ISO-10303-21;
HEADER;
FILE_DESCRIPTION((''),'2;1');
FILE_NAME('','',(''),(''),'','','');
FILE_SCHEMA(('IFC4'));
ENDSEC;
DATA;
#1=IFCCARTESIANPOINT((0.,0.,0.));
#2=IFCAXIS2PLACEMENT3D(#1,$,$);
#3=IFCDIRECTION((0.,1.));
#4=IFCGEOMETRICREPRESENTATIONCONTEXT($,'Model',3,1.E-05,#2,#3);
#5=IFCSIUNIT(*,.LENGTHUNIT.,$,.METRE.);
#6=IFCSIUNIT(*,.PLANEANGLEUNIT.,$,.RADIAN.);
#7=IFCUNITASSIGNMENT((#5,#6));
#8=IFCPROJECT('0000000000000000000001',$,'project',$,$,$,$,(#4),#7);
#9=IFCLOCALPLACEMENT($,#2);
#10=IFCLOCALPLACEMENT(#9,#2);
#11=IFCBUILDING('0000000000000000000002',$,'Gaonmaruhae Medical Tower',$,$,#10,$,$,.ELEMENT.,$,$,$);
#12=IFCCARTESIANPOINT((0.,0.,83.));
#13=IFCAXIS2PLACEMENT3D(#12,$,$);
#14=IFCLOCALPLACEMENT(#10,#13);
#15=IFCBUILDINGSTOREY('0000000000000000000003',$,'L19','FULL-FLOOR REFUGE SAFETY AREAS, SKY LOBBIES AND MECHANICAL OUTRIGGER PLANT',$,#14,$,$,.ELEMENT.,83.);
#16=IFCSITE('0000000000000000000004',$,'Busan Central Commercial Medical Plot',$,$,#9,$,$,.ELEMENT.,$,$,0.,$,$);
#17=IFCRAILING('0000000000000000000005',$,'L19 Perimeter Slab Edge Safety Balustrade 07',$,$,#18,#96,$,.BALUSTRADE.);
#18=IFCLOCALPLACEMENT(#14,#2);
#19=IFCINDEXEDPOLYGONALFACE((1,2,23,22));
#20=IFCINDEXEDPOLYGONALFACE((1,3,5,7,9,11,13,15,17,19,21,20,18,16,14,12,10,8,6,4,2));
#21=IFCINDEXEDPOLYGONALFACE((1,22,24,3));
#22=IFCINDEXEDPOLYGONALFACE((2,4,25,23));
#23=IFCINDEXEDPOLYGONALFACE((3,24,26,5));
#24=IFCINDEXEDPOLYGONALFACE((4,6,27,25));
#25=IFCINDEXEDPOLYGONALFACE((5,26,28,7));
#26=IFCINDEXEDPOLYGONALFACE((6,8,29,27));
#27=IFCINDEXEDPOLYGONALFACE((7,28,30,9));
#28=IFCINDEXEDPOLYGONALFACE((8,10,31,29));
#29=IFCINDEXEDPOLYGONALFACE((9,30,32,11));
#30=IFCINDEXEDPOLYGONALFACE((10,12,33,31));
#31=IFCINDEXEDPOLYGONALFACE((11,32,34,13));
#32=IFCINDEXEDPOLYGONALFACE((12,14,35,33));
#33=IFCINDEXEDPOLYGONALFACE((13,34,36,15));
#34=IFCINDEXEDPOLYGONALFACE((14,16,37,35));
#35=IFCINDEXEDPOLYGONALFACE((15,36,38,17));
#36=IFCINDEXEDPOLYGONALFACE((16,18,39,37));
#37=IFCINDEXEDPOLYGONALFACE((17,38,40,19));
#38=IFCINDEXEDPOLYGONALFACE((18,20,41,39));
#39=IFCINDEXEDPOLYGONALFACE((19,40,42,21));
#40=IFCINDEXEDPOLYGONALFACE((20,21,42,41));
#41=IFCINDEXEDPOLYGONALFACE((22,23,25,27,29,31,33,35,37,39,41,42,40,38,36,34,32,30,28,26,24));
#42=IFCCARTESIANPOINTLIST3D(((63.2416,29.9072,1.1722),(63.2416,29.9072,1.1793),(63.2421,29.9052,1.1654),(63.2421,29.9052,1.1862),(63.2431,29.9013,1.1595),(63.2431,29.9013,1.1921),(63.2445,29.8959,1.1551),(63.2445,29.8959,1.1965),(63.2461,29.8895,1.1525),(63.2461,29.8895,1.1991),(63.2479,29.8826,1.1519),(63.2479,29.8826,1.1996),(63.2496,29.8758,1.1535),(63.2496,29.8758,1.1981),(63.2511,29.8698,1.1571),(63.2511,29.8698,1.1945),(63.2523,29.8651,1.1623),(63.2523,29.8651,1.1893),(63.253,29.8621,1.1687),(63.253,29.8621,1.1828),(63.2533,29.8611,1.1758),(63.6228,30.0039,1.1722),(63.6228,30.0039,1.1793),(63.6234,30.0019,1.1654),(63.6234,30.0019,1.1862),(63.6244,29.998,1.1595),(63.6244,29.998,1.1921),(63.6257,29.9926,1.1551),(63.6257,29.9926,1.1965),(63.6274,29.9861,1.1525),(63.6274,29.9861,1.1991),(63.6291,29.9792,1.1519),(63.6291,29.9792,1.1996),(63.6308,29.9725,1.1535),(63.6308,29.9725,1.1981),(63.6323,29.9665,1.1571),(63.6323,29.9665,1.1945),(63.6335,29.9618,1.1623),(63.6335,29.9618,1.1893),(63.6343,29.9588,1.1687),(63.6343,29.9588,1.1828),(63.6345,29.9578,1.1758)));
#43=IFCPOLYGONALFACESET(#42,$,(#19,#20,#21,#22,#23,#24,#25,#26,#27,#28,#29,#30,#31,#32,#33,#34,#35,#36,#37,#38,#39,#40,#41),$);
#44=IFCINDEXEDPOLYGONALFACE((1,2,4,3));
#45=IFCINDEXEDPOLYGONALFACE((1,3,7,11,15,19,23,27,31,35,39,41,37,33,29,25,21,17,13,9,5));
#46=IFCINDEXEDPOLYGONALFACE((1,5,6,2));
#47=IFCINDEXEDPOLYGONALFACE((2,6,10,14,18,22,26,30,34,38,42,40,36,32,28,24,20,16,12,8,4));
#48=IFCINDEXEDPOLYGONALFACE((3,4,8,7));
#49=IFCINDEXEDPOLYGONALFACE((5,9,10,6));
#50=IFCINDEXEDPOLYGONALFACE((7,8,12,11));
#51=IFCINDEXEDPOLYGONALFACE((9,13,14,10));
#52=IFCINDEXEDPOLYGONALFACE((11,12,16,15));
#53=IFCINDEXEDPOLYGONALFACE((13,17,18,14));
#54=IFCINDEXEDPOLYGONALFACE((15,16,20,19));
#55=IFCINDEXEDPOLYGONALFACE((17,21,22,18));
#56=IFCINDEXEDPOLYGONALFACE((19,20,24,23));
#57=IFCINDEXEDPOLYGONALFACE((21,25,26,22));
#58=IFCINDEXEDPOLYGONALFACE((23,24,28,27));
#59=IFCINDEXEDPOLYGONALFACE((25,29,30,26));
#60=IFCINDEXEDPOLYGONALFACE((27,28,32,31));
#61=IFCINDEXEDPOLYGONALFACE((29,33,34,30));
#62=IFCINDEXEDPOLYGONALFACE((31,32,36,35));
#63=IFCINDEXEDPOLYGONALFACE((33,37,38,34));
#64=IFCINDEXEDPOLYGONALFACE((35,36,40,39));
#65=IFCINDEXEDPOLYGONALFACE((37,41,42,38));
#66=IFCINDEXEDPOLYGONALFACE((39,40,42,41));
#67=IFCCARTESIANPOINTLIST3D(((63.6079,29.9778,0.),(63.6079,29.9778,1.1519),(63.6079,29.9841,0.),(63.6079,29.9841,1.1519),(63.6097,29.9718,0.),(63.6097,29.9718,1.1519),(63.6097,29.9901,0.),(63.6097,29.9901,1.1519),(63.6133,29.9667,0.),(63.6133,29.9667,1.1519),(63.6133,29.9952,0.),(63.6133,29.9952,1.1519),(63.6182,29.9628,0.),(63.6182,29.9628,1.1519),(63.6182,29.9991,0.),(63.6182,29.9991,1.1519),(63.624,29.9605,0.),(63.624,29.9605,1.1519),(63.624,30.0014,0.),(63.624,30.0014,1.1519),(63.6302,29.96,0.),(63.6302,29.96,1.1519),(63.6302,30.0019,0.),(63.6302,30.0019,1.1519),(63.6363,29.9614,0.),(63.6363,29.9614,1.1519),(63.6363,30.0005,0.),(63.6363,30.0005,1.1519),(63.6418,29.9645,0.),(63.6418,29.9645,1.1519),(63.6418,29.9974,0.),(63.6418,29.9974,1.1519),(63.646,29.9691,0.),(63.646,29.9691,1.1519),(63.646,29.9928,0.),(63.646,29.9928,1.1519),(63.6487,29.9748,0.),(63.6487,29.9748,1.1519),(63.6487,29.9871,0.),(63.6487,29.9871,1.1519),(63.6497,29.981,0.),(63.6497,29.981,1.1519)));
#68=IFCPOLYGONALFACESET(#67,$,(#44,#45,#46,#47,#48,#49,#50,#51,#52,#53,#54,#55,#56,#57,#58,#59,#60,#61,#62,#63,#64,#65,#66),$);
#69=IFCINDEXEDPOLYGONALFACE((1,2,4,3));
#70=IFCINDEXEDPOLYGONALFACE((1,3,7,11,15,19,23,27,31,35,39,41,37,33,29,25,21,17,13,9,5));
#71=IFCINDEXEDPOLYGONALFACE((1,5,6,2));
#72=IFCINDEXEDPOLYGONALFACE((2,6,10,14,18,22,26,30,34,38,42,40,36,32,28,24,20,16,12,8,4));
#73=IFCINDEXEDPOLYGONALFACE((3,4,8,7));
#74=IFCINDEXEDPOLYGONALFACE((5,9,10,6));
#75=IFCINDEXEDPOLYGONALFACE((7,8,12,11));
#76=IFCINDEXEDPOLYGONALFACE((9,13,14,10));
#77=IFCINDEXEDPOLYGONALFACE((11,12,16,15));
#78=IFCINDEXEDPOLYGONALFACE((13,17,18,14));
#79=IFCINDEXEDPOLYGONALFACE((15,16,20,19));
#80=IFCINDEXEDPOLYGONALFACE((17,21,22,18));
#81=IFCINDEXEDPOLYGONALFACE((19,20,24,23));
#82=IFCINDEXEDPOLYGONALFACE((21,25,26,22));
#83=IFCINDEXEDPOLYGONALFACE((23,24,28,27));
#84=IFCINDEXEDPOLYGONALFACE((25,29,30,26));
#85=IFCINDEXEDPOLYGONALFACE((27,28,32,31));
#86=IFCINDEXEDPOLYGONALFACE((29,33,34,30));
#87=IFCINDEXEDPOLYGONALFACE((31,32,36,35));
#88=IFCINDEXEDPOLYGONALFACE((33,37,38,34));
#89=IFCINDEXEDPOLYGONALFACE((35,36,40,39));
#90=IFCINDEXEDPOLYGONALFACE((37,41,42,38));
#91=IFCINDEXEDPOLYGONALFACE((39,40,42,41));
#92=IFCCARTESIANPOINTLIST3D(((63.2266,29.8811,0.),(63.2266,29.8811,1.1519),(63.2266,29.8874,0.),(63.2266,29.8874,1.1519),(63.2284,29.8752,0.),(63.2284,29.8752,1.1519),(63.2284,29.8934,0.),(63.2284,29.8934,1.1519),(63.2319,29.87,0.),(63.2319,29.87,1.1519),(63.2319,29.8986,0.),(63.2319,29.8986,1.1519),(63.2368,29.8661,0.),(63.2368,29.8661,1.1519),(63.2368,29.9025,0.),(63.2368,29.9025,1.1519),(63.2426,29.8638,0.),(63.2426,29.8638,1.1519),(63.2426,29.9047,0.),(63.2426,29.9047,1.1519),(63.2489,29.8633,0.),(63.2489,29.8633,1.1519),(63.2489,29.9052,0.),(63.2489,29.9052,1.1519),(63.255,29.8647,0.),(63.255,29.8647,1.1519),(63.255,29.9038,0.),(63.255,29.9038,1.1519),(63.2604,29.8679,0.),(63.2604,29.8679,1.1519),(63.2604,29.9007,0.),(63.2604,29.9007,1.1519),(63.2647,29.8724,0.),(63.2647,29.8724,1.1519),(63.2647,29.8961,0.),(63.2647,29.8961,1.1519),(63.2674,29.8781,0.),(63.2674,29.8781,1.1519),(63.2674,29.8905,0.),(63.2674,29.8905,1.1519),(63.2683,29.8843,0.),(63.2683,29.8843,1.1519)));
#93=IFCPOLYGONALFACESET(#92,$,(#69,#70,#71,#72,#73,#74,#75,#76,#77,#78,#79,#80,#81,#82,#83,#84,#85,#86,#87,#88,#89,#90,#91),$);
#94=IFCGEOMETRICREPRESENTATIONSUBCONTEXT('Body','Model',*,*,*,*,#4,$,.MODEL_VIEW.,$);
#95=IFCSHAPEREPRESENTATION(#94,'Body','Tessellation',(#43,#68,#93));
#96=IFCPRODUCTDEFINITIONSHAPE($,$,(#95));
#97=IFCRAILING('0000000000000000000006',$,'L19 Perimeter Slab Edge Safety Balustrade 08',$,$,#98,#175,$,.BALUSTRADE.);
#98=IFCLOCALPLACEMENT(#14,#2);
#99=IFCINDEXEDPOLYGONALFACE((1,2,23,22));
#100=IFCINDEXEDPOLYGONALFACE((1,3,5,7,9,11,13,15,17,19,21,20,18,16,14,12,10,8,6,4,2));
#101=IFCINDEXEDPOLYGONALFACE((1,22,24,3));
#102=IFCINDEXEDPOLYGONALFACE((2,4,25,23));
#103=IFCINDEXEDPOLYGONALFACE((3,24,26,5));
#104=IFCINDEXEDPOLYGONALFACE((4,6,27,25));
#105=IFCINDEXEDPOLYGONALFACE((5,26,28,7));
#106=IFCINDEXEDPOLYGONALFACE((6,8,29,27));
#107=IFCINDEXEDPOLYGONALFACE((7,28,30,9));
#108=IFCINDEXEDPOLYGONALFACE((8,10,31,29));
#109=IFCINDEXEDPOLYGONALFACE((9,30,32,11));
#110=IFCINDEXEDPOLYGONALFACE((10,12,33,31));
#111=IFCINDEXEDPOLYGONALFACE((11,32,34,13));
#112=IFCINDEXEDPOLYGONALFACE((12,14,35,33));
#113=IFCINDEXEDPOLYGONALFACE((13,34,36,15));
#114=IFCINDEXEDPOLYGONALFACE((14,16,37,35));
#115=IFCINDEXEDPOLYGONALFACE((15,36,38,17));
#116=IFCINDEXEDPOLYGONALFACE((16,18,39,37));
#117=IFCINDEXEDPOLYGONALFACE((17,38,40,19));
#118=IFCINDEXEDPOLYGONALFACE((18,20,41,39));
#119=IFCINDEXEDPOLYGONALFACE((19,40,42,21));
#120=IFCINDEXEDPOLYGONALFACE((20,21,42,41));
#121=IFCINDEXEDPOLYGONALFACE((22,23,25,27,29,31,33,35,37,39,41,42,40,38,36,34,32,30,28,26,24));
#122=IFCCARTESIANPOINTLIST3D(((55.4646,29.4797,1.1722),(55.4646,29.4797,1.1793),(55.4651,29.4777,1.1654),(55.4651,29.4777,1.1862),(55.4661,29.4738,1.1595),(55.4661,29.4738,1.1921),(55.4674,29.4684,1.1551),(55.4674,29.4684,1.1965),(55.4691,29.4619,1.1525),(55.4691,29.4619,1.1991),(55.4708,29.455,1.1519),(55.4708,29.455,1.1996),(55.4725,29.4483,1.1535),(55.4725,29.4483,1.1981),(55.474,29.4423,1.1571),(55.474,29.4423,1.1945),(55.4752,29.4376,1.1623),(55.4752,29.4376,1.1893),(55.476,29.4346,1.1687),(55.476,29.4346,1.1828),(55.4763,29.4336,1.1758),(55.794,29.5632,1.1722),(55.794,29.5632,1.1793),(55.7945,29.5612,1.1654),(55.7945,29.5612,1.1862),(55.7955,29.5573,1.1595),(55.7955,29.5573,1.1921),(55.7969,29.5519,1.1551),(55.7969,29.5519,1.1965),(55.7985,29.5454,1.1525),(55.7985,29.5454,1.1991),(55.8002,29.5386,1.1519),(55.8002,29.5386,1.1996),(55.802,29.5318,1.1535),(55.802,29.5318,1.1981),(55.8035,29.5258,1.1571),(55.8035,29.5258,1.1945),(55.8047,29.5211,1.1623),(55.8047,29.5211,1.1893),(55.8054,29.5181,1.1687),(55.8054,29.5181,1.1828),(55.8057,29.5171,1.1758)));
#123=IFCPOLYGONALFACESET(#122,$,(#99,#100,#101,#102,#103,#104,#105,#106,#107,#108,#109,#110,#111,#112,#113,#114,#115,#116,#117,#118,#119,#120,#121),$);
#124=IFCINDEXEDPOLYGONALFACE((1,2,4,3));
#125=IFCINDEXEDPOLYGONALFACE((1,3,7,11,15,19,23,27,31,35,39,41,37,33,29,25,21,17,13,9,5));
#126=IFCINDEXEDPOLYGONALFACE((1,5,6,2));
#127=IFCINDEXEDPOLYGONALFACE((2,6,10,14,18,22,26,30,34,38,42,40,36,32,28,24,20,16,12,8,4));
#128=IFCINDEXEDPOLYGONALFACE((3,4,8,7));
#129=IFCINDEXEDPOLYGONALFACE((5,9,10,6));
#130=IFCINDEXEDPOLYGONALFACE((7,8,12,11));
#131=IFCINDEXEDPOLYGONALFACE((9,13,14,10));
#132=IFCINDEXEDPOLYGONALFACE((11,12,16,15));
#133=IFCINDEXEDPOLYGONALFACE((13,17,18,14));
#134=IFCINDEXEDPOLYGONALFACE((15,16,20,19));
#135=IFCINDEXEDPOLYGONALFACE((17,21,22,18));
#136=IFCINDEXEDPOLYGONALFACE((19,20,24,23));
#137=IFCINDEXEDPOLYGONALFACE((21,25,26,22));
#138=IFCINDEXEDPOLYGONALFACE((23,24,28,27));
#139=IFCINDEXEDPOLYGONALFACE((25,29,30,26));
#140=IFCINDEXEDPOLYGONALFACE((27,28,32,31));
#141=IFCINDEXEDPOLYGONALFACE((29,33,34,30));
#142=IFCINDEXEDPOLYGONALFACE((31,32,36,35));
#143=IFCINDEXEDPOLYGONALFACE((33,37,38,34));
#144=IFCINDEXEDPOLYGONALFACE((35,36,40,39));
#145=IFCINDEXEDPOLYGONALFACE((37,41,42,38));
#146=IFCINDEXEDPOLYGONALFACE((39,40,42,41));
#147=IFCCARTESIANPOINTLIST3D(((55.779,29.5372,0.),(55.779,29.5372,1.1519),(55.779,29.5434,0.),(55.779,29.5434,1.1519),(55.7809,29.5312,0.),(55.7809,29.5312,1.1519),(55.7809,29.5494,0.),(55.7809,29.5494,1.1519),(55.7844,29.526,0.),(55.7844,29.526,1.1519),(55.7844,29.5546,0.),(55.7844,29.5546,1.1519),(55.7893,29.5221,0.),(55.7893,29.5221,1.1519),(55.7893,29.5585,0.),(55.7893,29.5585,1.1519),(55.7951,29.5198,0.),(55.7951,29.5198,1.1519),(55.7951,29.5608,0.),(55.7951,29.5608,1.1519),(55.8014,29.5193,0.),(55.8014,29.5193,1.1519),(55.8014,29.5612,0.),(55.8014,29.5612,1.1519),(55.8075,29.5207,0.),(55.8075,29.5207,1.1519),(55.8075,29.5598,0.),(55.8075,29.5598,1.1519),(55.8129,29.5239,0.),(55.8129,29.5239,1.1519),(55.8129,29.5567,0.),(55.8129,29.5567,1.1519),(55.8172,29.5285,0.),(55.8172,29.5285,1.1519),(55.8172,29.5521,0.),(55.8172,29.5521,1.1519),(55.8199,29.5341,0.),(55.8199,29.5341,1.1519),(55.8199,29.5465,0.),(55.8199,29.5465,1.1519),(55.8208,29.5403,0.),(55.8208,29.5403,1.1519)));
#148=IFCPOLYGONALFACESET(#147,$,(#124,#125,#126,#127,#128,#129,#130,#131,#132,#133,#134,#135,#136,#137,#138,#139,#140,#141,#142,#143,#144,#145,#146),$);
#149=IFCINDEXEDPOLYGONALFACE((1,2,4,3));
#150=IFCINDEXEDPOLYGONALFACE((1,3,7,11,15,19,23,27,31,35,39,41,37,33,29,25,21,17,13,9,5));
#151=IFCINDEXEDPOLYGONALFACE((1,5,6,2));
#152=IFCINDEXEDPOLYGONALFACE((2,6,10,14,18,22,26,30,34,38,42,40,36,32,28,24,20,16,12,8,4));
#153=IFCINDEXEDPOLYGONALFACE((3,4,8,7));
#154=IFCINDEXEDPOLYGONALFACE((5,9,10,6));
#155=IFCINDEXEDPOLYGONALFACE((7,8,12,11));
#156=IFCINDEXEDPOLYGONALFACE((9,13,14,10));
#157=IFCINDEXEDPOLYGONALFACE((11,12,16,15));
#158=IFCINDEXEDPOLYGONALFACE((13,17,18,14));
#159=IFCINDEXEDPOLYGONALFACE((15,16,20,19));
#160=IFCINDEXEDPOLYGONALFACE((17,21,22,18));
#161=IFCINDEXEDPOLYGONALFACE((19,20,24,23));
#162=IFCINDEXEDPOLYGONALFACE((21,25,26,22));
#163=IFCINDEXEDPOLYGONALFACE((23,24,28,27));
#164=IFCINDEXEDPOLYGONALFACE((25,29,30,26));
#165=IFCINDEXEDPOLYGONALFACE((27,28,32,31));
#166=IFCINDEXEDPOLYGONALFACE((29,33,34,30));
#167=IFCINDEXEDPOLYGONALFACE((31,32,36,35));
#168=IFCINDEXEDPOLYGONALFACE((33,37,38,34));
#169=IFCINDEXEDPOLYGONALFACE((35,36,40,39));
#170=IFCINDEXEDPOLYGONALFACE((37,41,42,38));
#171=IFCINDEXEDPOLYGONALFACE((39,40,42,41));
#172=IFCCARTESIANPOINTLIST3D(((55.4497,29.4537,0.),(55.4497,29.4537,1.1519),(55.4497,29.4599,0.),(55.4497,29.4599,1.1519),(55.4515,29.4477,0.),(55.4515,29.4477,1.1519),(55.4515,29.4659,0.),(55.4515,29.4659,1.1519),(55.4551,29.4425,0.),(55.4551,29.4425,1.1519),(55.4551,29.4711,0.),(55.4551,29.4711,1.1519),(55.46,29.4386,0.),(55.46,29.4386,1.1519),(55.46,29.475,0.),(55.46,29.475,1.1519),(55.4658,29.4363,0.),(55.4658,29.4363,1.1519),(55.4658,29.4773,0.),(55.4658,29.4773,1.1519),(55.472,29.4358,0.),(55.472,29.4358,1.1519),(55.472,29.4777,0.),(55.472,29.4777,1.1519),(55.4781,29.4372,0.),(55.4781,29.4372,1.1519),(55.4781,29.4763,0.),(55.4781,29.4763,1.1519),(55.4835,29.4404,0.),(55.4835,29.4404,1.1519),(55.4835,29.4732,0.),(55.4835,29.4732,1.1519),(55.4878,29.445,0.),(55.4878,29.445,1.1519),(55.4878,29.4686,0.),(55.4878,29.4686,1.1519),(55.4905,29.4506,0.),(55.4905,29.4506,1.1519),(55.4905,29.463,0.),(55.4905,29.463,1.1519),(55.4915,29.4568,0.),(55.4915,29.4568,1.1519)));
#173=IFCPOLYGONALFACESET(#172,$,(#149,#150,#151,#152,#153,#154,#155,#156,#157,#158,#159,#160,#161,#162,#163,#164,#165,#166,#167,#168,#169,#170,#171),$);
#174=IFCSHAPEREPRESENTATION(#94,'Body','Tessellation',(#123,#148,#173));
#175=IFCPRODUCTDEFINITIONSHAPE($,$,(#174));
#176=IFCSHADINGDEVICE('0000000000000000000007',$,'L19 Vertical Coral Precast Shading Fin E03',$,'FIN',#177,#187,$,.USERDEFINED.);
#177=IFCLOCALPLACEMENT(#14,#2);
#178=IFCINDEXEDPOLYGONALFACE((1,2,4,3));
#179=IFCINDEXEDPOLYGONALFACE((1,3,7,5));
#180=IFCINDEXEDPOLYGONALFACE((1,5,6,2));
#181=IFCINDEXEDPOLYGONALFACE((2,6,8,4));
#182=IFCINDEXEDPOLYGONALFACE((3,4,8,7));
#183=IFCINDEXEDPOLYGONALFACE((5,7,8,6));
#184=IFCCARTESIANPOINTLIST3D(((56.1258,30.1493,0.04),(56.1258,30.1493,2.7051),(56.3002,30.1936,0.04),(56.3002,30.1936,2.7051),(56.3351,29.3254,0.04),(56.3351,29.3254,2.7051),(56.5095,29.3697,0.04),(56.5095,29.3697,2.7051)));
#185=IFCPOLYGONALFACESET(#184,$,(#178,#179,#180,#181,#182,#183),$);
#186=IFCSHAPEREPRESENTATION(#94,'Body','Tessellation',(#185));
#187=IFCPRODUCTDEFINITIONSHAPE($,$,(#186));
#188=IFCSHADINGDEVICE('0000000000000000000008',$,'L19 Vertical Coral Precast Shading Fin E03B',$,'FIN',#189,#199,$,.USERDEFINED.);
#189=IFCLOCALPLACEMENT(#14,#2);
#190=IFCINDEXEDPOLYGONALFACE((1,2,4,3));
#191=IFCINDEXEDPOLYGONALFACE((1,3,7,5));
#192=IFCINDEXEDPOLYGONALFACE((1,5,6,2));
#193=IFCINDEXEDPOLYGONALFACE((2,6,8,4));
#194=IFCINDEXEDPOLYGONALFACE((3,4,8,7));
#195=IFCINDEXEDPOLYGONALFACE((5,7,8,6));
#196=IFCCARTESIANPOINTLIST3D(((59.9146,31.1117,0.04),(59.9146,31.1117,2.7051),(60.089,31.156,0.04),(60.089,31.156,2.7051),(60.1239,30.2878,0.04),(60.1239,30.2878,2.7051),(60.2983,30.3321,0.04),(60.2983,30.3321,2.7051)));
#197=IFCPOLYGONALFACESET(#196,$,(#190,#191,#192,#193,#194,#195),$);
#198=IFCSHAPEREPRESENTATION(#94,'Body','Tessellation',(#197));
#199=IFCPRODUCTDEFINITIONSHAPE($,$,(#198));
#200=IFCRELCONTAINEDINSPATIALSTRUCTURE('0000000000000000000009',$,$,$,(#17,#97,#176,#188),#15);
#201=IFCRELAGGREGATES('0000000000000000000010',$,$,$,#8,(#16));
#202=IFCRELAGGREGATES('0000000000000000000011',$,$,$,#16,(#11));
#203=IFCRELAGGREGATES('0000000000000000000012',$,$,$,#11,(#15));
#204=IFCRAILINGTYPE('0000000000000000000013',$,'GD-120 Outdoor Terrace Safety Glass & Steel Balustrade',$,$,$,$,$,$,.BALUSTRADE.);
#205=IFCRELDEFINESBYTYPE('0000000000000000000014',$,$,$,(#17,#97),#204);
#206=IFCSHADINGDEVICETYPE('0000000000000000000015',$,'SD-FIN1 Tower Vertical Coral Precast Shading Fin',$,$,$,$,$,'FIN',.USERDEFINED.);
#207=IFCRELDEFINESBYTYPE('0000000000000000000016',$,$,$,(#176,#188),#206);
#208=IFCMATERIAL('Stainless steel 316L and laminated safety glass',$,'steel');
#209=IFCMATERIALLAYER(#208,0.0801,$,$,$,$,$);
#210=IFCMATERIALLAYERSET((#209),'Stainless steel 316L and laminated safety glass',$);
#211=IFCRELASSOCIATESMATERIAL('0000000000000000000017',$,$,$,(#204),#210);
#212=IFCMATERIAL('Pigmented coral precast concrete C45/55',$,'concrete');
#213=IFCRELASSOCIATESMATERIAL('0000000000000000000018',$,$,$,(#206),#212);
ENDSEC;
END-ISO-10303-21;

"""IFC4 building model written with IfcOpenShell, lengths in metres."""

from ifc_helpers import new_model, si_unit, direction, frame, origin, origin_2d, place, context, subcontext, project, spatial, rectangle, circle, extrude, material, layer, layer_set, type_object, element, save


model = new_model("IFC4")

# Units and contexts
model_context = context("Model", 3, precision=1e-05, world=origin(), true_north=direction((0.0, 1.0)))
body_context = subcontext(model_context, "Body", "Model", "MODEL_VIEW")
ifc_project = project(units=[si_unit("LENGTHUNIT", "METRE"), si_unit("PLANEANGLEUNIT", "RADIAN")], contexts=[model_context])

# Site, building, storey
site_placement = place(None, origin())
site = spatial("IfcSite", under=ifc_project, at=site_placement, Name="Busan Central Commercial Medical Plot", CompositionType="ELEMENT", RefElevation=0.0)
building_placement = place(site_placement, origin())
building = spatial("IfcBuilding", under=site, at=building_placement, Name="Gaonmaruhae Medical Tower", CompositionType="ELEMENT")
storey_placement = place(building_placement, frame((0.0, 0.0, 83.0)))
storey = spatial("IfcBuildingStorey", under=building, at=storey_placement, Name="L19", Description="FULL-FLOOR REFUGE SAFETY AREAS, SKY LOBBIES AND MECHANICAL OUTRIGGER PLANT", CompositionType="ELEMENT", Elevation=83.0)

# Railings
ifc_material_1 = material(Name="Stainless steel 316L and laminated safety glass", Category="steel")
ifc_layer_1 = layer(ifc_material_1, 0.0801)
ifc_layer_set_1 = layer_set([ifc_layer_1], Name="Stainless steel 316L and laminated safety glass")
railing_type = type_object("IfcRailingType", Name="GD-120 Outdoor Terrace Safety Glass & Steel Balustrade", PredefinedType="BALUSTRADE", material=ifc_layer_set_1)
railing_1_placement = place(storey_placement, frame((63.6287, 29.981, 0.0)))
element("IfcRailing", 1, at=railing_1_placement, inside=storey, type_object=railing_type, Name="L19 Perimeter Slab Edge Safety Balustrade 07", PredefinedType="BALUSTRADE", context=body_context, shape_type="SweptSolid", body=[
    extrude(circle(Radius=0.0239, at=origin_2d()), frame((0.0, 0.0, 1.1758), z_axis=(-0.969334, -0.245747, 0.0), x_axis=(0.245747, -0.969334, 0.0)), (0.0, 0.0, 1.0), 0.3933),
    extrude(circle(Radius=0.021, at=origin_2d()), origin(), (0.0, 0.0, 1.0), 1.1519),
    extrude(circle(Radius=0.021, at=origin_2d()), frame((-0.3813, -0.0967, 0.0)), (0.0, 0.0, 1.0), 1.1519),
])
railing_2_placement = place(storey_placement, frame((55.7998, 29.5403, 0.0)))
element("IfcRailing", 2, at=railing_2_placement, inside=storey, type_object=railing_type, Name="L19 Perimeter Slab Edge Safety Balustrade 08", PredefinedType="BALUSTRADE", context=body_context, shape_type="SweptSolid", body=[
    extrude(circle(Radius=0.0239, at=origin_2d()), frame((0.0, 0.0, 1.1758), z_axis=(-0.969334, -0.245747, 0.0), x_axis=(0.245747, -0.969334, 0.0)), (0.0, 0.0, 1.0), 0.3398),
    extrude(circle(Radius=0.021, at=origin_2d()), origin(), (0.0, 0.0, 1.0), 1.1519),
    extrude(circle(Radius=0.021, at=origin_2d()), frame((-0.3293, -0.0835, 0.0)), (0.0, 0.0, 1.0), 1.1519),
])

# Shading devices
ifc_material_2 = material(Name="Pigmented coral precast concrete C45/55", Category="concrete")
shading_device_type = type_object("IfcShadingDeviceType", Name="SD-FIN1 Tower Vertical Coral Precast Shading Fin", ElementType="FIN", PredefinedType="USERDEFINED", material=ifc_material_2)
for number, where, z_axis, x_axis, name in (
    (3, (56.3176, 29.7595, 0.04), (0.0, 0.0, 1.0), (0.969227, 0.24617, 0.0), "L19 Vertical Coral Precast Shading Fin E03"),
    (4, (60.1064, 30.7219, 0.04), (0.0, 0.0, 1.0), (0.969227, 0.24617, 0.0), "L19 Vertical Coral Precast Shading Fin E03B"),
):
    element("IfcShadingDevice", number, at=place(storey_placement, frame(where, z_axis=z_axis, x_axis=x_axis)), inside=storey, type_object=shading_device_type, Name=name, ObjectType="FIN", PredefinedType="USERDEFINED", context=body_context, shape_type="SweptSolid", body=[
        extrude(rectangle(XDim=0.1799, YDim=0.8501, at=origin_2d()), origin(), (0.0, 0.0, 1.0), 2.665),
    ])

save(model, "model.ifc")
